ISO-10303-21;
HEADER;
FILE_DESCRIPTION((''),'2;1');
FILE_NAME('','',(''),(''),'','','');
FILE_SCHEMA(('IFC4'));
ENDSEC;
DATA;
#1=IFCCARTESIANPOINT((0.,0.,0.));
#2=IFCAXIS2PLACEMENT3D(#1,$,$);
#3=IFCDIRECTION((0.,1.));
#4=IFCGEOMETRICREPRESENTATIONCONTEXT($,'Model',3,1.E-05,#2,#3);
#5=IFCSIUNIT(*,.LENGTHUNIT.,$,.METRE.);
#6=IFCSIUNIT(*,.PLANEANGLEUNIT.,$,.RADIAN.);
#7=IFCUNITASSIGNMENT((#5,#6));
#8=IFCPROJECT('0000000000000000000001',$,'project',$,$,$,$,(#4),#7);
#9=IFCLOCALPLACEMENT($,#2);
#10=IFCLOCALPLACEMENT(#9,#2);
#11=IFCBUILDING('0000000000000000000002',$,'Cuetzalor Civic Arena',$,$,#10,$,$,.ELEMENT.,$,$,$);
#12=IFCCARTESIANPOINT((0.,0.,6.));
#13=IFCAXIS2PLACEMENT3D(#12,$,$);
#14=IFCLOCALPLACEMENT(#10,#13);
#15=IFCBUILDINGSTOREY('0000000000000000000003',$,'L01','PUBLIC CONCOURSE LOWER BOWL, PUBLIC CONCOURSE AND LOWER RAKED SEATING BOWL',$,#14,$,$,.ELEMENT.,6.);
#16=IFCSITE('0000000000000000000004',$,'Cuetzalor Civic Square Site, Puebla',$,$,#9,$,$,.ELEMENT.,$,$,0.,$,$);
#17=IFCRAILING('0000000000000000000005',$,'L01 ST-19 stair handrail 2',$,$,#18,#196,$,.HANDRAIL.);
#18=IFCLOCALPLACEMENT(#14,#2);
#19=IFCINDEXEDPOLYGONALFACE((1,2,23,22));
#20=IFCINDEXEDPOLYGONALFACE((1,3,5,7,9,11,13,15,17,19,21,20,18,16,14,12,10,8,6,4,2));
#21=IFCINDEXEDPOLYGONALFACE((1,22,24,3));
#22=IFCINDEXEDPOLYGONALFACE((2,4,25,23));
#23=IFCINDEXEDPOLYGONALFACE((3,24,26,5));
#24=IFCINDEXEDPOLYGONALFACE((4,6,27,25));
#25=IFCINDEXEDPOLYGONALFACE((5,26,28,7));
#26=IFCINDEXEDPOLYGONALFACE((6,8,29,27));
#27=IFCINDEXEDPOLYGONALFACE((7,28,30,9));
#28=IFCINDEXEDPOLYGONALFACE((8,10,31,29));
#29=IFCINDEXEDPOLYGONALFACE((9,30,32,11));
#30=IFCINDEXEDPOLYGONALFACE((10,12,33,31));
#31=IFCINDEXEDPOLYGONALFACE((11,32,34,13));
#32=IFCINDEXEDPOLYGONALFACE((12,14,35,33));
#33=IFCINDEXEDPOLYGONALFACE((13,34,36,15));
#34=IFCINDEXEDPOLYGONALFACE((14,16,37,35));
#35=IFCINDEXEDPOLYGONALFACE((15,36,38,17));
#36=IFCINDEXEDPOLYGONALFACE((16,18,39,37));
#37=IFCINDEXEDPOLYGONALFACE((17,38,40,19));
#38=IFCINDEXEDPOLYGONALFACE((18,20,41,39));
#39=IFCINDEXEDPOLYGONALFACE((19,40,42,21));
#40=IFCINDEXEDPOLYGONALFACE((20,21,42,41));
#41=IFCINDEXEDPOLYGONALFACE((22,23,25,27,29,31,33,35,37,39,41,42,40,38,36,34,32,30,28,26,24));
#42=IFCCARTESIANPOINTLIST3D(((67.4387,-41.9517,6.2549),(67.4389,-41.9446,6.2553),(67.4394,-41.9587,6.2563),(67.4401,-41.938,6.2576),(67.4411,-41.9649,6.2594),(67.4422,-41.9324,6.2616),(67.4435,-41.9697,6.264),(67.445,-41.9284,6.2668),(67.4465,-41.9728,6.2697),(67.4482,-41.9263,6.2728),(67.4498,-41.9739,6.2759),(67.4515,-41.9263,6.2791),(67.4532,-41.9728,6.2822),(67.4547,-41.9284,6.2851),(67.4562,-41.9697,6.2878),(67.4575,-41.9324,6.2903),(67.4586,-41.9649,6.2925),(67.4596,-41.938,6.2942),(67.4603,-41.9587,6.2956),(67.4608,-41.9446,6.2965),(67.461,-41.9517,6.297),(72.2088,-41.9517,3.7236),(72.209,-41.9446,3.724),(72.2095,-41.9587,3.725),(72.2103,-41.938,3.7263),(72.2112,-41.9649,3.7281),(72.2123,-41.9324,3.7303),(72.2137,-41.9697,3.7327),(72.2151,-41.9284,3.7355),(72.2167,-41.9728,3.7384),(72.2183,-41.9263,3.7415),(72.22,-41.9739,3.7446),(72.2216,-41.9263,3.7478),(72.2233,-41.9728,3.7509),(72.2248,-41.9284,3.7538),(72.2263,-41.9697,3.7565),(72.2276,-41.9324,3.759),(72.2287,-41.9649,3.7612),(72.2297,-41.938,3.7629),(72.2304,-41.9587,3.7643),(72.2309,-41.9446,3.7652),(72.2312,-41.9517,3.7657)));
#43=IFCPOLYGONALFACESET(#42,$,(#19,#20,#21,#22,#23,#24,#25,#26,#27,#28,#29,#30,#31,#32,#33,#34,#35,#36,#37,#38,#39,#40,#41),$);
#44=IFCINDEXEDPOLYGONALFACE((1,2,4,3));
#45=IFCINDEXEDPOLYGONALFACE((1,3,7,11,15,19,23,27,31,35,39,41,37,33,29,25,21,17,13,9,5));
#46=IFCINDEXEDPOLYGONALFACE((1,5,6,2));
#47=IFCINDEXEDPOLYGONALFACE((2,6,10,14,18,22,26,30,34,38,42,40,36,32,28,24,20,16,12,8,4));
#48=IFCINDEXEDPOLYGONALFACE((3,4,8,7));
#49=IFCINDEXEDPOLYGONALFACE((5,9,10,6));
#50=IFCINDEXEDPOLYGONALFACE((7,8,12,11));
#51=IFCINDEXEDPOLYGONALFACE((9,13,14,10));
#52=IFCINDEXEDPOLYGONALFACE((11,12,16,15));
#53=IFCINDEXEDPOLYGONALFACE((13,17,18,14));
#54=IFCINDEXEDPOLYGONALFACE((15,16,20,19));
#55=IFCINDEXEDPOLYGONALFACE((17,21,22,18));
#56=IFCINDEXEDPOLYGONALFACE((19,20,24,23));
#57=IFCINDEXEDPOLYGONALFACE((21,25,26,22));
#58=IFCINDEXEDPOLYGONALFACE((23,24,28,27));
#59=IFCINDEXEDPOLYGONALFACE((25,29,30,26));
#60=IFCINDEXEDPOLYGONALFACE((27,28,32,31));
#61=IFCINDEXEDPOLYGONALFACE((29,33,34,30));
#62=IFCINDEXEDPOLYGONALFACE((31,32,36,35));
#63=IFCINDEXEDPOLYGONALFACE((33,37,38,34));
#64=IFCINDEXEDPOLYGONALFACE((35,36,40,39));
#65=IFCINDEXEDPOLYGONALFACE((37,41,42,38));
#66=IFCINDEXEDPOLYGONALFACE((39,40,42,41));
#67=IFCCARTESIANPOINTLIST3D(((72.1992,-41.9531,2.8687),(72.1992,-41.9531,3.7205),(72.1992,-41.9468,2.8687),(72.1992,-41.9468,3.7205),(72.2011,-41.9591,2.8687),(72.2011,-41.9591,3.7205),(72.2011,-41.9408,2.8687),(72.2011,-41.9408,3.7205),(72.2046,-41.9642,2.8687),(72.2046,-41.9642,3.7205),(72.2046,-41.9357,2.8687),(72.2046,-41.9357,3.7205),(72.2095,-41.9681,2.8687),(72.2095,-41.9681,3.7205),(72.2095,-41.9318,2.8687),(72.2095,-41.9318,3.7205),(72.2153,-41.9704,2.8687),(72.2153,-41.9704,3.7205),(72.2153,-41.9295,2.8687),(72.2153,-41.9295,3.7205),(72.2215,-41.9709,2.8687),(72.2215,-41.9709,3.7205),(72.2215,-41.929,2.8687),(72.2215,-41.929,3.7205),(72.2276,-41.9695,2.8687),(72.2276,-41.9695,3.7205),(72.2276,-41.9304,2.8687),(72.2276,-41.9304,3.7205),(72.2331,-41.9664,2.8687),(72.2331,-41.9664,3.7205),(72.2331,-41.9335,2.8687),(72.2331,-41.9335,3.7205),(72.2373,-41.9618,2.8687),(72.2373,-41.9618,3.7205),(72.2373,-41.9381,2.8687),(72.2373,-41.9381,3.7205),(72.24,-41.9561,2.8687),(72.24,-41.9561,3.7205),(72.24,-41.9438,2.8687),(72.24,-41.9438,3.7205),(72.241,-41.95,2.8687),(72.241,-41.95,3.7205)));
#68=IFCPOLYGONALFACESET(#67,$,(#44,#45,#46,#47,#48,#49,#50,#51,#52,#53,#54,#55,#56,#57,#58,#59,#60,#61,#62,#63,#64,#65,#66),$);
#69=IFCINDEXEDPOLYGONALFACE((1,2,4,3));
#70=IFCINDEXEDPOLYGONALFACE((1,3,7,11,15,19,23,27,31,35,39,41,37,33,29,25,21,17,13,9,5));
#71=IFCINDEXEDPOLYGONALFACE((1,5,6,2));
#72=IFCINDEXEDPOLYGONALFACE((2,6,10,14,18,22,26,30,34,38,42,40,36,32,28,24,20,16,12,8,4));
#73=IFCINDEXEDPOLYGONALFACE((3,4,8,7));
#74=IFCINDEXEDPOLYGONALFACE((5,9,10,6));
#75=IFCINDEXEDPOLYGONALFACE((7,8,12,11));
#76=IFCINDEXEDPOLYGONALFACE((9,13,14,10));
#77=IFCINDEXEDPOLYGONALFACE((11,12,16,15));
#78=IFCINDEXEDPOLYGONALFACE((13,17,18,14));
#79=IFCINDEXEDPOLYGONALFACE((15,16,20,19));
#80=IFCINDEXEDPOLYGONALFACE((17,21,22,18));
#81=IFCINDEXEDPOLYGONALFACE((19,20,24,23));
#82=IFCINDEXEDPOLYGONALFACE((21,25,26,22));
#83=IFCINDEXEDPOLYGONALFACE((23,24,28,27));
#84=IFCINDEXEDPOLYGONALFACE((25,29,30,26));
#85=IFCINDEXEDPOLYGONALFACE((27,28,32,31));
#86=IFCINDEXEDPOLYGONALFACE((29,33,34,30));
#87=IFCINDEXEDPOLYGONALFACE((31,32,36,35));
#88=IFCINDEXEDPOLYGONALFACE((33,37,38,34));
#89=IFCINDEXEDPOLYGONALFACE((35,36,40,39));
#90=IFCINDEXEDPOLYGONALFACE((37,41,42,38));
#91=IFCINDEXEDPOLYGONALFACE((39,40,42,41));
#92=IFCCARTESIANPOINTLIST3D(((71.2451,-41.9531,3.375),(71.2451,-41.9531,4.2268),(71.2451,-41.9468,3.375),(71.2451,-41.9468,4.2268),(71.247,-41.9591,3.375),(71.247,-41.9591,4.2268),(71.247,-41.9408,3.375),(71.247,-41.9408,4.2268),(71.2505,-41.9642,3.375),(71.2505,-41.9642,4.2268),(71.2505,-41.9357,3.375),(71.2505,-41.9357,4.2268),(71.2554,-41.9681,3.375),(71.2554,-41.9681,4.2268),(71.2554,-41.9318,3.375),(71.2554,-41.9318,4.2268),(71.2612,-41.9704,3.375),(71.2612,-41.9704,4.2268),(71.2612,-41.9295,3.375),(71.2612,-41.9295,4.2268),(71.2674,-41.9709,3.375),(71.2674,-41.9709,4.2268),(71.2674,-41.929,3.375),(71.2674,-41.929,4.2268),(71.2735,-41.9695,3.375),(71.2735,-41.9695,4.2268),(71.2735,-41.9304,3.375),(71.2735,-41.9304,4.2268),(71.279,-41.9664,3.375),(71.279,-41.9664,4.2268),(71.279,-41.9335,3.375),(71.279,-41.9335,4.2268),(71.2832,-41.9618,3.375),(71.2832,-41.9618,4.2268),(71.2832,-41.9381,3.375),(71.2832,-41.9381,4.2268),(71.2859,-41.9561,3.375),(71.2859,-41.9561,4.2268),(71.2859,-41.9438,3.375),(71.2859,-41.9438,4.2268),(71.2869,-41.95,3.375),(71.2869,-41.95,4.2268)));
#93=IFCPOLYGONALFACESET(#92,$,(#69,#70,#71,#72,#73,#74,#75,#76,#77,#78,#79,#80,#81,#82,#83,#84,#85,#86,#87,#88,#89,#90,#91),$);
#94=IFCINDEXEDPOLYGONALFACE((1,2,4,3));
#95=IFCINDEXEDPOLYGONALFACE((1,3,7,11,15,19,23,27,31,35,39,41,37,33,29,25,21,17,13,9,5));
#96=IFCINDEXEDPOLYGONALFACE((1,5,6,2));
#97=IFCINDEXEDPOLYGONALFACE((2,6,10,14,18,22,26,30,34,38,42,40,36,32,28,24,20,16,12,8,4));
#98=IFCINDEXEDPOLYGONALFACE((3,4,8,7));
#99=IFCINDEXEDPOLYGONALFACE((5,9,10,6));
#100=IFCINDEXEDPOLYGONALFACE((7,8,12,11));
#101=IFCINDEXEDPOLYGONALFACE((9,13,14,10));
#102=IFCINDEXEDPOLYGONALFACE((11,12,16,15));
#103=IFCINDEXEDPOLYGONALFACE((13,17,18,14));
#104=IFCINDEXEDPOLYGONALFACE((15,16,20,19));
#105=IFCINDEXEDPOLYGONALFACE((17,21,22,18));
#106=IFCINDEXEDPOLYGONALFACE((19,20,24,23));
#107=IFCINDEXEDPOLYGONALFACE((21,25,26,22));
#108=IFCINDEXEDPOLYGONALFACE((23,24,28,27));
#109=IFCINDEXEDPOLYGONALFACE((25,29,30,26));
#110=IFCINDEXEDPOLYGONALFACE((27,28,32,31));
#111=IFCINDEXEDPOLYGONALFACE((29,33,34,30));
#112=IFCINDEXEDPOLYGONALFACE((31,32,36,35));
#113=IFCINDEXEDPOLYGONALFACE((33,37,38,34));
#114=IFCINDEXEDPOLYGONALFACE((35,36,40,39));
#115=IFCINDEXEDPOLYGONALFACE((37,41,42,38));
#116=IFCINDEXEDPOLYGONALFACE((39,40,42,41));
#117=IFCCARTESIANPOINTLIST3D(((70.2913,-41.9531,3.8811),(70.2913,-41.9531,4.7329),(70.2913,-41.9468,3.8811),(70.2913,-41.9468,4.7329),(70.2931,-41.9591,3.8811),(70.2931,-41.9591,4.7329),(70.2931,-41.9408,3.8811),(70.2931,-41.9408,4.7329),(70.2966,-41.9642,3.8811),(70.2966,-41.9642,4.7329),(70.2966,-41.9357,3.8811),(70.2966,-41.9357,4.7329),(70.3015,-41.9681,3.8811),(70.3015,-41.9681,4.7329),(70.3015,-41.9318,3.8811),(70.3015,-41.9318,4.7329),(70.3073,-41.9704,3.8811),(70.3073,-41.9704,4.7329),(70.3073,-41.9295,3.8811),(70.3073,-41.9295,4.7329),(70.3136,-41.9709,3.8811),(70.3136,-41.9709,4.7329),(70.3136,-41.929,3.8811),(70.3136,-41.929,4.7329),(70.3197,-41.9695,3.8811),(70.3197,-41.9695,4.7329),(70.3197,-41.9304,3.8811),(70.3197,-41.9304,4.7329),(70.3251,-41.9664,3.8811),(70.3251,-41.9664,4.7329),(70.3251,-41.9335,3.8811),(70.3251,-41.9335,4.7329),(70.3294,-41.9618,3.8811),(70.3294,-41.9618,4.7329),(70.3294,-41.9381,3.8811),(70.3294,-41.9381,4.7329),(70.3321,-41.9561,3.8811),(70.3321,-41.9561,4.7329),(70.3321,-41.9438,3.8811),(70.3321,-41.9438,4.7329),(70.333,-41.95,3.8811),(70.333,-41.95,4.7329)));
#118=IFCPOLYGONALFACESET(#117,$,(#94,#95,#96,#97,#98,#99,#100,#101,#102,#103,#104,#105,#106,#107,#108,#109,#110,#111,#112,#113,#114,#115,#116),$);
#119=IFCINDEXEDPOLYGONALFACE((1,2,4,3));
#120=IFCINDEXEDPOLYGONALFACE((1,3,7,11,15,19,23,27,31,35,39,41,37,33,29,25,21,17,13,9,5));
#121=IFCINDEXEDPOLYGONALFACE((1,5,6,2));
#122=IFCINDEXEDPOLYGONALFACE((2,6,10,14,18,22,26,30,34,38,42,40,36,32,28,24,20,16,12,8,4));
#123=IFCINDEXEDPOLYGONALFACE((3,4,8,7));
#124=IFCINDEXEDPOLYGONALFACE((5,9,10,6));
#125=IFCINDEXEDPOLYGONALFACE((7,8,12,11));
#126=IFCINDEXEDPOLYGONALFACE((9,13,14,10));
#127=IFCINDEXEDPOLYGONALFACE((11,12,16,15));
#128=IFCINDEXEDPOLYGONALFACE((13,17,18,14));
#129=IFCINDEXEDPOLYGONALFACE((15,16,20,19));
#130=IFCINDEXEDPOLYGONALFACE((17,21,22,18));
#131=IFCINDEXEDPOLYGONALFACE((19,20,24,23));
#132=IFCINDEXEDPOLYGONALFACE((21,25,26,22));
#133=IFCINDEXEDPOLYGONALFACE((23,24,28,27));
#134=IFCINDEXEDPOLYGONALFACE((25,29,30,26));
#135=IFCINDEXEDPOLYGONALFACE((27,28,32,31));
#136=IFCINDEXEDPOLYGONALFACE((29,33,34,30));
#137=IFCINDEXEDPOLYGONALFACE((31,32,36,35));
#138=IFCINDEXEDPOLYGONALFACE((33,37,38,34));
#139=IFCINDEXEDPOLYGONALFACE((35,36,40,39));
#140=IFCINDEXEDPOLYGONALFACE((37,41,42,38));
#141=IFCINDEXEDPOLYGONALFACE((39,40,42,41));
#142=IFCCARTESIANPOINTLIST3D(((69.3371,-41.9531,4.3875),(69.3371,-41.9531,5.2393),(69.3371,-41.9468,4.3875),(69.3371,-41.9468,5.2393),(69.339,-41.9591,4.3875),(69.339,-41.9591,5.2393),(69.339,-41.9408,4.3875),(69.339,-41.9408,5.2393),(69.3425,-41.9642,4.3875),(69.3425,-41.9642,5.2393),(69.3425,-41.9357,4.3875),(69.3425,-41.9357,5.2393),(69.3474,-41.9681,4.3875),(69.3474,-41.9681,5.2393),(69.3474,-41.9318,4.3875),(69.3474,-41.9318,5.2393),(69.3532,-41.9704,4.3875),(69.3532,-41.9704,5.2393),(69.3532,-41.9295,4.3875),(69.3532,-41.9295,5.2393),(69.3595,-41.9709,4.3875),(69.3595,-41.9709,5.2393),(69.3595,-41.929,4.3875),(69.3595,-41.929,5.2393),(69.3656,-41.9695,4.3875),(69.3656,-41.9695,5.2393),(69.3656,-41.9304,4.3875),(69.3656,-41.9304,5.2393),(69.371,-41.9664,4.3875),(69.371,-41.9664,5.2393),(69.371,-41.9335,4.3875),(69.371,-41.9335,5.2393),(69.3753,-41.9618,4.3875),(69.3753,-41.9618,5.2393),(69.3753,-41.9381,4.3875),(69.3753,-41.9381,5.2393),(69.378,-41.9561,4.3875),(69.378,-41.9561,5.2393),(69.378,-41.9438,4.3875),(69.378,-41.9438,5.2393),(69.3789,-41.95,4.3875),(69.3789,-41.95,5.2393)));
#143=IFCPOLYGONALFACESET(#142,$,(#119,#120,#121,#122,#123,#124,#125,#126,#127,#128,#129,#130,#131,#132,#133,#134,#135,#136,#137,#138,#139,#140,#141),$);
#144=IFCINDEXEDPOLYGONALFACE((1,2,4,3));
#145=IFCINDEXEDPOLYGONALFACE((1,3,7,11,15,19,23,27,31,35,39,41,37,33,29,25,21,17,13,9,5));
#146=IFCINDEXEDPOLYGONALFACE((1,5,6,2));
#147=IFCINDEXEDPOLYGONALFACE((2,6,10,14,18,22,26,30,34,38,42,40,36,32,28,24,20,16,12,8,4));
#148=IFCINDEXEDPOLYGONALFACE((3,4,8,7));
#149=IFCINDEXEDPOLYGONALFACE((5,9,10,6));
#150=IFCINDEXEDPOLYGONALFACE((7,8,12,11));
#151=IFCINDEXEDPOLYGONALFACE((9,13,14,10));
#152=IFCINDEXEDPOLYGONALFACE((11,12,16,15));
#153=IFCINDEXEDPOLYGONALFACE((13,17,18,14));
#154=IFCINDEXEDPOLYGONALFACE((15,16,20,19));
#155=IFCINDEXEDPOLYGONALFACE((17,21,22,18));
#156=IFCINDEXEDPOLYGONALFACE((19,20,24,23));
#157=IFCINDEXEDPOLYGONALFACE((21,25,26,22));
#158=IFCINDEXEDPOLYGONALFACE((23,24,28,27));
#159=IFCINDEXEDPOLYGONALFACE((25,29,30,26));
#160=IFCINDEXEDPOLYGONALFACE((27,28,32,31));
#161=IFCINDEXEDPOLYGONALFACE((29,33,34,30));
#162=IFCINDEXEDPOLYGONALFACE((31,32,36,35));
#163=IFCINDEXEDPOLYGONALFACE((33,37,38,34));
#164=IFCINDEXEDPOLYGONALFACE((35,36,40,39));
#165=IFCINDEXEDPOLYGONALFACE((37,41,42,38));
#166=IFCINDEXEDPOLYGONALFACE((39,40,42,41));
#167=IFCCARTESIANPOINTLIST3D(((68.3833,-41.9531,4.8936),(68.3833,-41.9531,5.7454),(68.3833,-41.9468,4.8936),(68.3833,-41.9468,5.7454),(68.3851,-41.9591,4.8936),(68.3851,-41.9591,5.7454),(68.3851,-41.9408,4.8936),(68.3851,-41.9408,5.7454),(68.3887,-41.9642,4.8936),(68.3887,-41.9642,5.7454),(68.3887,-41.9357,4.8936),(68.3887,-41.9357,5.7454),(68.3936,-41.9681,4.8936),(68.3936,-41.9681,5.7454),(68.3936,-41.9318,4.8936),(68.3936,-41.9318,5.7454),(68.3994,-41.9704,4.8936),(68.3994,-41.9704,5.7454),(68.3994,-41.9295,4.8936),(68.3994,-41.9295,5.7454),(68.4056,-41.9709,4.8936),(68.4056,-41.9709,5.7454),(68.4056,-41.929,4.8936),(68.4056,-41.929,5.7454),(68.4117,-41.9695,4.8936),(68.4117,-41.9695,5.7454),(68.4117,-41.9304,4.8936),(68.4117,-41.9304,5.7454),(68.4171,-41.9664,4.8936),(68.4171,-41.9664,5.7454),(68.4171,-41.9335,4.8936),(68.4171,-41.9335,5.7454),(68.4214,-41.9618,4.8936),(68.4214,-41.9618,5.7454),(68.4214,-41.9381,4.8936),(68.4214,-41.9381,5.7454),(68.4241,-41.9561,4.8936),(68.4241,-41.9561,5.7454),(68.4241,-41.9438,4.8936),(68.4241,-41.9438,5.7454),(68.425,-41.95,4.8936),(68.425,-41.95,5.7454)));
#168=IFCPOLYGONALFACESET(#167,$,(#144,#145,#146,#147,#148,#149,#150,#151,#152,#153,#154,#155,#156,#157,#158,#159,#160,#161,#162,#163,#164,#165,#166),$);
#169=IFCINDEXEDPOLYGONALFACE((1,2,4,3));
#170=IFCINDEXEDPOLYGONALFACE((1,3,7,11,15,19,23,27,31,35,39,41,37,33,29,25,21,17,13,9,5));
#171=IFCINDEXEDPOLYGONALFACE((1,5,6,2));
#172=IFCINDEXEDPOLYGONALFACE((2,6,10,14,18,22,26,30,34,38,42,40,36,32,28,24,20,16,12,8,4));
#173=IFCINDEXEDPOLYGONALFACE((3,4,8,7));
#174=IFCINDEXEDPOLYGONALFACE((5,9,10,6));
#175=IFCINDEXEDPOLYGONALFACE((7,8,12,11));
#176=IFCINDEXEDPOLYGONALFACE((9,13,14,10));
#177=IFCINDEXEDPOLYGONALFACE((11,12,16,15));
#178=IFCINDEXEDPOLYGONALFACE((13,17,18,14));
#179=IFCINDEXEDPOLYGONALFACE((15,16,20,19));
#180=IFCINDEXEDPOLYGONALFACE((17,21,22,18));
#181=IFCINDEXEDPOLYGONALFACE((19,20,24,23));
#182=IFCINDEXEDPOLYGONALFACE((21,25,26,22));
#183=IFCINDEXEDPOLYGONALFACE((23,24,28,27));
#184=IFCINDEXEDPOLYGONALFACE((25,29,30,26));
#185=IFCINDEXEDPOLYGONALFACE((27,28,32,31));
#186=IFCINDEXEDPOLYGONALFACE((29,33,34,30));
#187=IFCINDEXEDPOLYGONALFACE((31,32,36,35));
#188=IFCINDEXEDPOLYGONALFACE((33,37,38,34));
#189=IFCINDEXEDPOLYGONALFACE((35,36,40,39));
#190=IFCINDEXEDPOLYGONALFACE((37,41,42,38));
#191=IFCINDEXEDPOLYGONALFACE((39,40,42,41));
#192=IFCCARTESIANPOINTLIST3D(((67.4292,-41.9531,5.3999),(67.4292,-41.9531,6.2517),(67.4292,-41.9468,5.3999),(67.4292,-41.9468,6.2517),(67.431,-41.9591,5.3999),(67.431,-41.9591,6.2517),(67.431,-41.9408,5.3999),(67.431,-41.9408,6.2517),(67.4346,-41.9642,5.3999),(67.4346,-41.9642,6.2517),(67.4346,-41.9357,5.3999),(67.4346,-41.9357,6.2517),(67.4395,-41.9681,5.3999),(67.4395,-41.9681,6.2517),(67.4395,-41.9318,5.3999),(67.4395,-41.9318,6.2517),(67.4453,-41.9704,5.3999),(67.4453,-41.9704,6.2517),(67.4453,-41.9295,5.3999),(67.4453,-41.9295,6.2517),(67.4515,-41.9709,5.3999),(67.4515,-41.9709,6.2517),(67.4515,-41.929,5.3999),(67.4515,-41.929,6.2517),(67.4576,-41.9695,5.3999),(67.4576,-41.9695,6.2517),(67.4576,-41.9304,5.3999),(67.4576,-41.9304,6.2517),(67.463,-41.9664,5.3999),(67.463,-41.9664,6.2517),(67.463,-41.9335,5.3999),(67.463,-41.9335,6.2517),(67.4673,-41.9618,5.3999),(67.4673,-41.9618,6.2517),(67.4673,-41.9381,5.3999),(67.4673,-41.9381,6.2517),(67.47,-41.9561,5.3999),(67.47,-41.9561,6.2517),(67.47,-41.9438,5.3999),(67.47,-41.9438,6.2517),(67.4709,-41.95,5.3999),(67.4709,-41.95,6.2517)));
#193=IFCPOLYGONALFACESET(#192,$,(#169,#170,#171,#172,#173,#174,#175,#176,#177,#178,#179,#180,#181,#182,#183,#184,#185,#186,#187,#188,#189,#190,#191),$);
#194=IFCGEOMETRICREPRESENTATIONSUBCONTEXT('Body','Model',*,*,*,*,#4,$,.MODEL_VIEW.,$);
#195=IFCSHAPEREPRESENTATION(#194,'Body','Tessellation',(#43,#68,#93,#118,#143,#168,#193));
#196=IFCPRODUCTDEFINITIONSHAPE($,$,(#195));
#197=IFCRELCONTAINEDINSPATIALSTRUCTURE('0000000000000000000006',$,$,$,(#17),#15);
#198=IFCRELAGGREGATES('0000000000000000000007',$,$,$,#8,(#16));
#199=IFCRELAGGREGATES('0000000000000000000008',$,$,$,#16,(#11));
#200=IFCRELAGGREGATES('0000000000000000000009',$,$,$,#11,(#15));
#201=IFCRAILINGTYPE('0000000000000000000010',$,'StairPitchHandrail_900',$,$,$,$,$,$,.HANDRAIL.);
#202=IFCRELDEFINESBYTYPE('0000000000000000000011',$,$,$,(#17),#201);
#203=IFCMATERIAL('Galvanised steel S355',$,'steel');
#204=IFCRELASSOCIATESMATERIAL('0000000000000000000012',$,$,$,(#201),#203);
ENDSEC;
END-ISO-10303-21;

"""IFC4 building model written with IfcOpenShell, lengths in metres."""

from ifc_helpers import new_model, si_unit, direction, frame, origin, origin_2d, place, context, subcontext, project, spatial, circle, extrude, material, type_object, element, save


model = new_model("IFC4")

# Units and contexts
model_context = context("Model", 3, precision=1e-05, world=origin(), true_north=direction((0.0, 1.0)))
body_context = subcontext(model_context, "Body", "Model", "MODEL_VIEW")
ifc_project = project(units=[si_unit("LENGTHUNIT", "METRE"), si_unit("PLANEANGLEUNIT", "RADIAN")], contexts=[model_context])

# Site, building, storey
site_placement = place(None, origin())
site = spatial("IfcSite", under=ifc_project, at=site_placement, Name="Cuetzalor Civic Square Site, Puebla", CompositionType="ELEMENT", RefElevation=0.0)
building_placement = place(site_placement, origin())
building = spatial("IfcBuilding", under=site, at=building_placement, Name="Cuetzalor Civic Arena", CompositionType="ELEMENT")
storey_placement = place(building_placement, frame((0.0, 0.0, 6.0)))
storey = spatial("IfcBuildingStorey", under=building, at=storey_placement, Name="L01", Description="PUBLIC CONCOURSE LOWER BOWL, PUBLIC CONCOURSE AND LOWER RAKED SEATING BOWL", CompositionType="ELEMENT", Elevation=6.0)

# Railing
ifc_material_1 = material(Name="Galvanised steel S355", Category="steel")
railing_type_1 = type_object("IfcRailingType", Name="StairPitchHandrail_900", PredefinedType="HANDRAIL", material=ifc_material_1)
railing_1_placement = place(storey_placement, frame((72.22, -41.95, 2.8687)))
element("IfcRailing", 1, at=railing_1_placement, inside=storey, type_object=railing_type_1, Name="L01 ST-19 stair handrail 2", PredefinedType="HANDRAIL", context=body_context, shape_type="SweptSolid", body=[
    extrude(circle(Radius=0.0239, at=origin_2d()), frame((0.0, 0.0, 0.876), z_axis=(-0.883332, 0.0, 0.468747), x_axis=(0.0, -1.0, 0.0)), (0.0, 0.0, 1.0), 5.4001),
    extrude(circle(Radius=0.021, at=origin_2d()), origin(), (0.0, 0.0, 1.0), 0.8518),
    extrude(circle(Radius=0.021, at=origin_2d()), frame((-0.9541, 0.0, 0.5063)), (0.0, 0.0, 1.0), 0.8518),
    extrude(circle(Radius=0.021, at=origin_2d()), frame((-1.908, 0.0, 1.0125)), (0.0, 0.0, 1.0), 0.8518),
    extrude(circle(Radius=0.021, at=origin_2d()), frame((-2.8621, 0.0, 1.5188)), (0.0, 0.0, 1.0), 0.8518),
    extrude(circle(Radius=0.021, at=origin_2d()), frame((-3.8159, 0.0, 2.0249)), (0.0, 0.0, 1.0), 0.8518),
    extrude(circle(Radius=0.021, at=origin_2d()), frame((-4.77, 0.0, 2.5312)), (0.0, 0.0, 1.0), 0.8518),
])

save(model, "model.ifc")
